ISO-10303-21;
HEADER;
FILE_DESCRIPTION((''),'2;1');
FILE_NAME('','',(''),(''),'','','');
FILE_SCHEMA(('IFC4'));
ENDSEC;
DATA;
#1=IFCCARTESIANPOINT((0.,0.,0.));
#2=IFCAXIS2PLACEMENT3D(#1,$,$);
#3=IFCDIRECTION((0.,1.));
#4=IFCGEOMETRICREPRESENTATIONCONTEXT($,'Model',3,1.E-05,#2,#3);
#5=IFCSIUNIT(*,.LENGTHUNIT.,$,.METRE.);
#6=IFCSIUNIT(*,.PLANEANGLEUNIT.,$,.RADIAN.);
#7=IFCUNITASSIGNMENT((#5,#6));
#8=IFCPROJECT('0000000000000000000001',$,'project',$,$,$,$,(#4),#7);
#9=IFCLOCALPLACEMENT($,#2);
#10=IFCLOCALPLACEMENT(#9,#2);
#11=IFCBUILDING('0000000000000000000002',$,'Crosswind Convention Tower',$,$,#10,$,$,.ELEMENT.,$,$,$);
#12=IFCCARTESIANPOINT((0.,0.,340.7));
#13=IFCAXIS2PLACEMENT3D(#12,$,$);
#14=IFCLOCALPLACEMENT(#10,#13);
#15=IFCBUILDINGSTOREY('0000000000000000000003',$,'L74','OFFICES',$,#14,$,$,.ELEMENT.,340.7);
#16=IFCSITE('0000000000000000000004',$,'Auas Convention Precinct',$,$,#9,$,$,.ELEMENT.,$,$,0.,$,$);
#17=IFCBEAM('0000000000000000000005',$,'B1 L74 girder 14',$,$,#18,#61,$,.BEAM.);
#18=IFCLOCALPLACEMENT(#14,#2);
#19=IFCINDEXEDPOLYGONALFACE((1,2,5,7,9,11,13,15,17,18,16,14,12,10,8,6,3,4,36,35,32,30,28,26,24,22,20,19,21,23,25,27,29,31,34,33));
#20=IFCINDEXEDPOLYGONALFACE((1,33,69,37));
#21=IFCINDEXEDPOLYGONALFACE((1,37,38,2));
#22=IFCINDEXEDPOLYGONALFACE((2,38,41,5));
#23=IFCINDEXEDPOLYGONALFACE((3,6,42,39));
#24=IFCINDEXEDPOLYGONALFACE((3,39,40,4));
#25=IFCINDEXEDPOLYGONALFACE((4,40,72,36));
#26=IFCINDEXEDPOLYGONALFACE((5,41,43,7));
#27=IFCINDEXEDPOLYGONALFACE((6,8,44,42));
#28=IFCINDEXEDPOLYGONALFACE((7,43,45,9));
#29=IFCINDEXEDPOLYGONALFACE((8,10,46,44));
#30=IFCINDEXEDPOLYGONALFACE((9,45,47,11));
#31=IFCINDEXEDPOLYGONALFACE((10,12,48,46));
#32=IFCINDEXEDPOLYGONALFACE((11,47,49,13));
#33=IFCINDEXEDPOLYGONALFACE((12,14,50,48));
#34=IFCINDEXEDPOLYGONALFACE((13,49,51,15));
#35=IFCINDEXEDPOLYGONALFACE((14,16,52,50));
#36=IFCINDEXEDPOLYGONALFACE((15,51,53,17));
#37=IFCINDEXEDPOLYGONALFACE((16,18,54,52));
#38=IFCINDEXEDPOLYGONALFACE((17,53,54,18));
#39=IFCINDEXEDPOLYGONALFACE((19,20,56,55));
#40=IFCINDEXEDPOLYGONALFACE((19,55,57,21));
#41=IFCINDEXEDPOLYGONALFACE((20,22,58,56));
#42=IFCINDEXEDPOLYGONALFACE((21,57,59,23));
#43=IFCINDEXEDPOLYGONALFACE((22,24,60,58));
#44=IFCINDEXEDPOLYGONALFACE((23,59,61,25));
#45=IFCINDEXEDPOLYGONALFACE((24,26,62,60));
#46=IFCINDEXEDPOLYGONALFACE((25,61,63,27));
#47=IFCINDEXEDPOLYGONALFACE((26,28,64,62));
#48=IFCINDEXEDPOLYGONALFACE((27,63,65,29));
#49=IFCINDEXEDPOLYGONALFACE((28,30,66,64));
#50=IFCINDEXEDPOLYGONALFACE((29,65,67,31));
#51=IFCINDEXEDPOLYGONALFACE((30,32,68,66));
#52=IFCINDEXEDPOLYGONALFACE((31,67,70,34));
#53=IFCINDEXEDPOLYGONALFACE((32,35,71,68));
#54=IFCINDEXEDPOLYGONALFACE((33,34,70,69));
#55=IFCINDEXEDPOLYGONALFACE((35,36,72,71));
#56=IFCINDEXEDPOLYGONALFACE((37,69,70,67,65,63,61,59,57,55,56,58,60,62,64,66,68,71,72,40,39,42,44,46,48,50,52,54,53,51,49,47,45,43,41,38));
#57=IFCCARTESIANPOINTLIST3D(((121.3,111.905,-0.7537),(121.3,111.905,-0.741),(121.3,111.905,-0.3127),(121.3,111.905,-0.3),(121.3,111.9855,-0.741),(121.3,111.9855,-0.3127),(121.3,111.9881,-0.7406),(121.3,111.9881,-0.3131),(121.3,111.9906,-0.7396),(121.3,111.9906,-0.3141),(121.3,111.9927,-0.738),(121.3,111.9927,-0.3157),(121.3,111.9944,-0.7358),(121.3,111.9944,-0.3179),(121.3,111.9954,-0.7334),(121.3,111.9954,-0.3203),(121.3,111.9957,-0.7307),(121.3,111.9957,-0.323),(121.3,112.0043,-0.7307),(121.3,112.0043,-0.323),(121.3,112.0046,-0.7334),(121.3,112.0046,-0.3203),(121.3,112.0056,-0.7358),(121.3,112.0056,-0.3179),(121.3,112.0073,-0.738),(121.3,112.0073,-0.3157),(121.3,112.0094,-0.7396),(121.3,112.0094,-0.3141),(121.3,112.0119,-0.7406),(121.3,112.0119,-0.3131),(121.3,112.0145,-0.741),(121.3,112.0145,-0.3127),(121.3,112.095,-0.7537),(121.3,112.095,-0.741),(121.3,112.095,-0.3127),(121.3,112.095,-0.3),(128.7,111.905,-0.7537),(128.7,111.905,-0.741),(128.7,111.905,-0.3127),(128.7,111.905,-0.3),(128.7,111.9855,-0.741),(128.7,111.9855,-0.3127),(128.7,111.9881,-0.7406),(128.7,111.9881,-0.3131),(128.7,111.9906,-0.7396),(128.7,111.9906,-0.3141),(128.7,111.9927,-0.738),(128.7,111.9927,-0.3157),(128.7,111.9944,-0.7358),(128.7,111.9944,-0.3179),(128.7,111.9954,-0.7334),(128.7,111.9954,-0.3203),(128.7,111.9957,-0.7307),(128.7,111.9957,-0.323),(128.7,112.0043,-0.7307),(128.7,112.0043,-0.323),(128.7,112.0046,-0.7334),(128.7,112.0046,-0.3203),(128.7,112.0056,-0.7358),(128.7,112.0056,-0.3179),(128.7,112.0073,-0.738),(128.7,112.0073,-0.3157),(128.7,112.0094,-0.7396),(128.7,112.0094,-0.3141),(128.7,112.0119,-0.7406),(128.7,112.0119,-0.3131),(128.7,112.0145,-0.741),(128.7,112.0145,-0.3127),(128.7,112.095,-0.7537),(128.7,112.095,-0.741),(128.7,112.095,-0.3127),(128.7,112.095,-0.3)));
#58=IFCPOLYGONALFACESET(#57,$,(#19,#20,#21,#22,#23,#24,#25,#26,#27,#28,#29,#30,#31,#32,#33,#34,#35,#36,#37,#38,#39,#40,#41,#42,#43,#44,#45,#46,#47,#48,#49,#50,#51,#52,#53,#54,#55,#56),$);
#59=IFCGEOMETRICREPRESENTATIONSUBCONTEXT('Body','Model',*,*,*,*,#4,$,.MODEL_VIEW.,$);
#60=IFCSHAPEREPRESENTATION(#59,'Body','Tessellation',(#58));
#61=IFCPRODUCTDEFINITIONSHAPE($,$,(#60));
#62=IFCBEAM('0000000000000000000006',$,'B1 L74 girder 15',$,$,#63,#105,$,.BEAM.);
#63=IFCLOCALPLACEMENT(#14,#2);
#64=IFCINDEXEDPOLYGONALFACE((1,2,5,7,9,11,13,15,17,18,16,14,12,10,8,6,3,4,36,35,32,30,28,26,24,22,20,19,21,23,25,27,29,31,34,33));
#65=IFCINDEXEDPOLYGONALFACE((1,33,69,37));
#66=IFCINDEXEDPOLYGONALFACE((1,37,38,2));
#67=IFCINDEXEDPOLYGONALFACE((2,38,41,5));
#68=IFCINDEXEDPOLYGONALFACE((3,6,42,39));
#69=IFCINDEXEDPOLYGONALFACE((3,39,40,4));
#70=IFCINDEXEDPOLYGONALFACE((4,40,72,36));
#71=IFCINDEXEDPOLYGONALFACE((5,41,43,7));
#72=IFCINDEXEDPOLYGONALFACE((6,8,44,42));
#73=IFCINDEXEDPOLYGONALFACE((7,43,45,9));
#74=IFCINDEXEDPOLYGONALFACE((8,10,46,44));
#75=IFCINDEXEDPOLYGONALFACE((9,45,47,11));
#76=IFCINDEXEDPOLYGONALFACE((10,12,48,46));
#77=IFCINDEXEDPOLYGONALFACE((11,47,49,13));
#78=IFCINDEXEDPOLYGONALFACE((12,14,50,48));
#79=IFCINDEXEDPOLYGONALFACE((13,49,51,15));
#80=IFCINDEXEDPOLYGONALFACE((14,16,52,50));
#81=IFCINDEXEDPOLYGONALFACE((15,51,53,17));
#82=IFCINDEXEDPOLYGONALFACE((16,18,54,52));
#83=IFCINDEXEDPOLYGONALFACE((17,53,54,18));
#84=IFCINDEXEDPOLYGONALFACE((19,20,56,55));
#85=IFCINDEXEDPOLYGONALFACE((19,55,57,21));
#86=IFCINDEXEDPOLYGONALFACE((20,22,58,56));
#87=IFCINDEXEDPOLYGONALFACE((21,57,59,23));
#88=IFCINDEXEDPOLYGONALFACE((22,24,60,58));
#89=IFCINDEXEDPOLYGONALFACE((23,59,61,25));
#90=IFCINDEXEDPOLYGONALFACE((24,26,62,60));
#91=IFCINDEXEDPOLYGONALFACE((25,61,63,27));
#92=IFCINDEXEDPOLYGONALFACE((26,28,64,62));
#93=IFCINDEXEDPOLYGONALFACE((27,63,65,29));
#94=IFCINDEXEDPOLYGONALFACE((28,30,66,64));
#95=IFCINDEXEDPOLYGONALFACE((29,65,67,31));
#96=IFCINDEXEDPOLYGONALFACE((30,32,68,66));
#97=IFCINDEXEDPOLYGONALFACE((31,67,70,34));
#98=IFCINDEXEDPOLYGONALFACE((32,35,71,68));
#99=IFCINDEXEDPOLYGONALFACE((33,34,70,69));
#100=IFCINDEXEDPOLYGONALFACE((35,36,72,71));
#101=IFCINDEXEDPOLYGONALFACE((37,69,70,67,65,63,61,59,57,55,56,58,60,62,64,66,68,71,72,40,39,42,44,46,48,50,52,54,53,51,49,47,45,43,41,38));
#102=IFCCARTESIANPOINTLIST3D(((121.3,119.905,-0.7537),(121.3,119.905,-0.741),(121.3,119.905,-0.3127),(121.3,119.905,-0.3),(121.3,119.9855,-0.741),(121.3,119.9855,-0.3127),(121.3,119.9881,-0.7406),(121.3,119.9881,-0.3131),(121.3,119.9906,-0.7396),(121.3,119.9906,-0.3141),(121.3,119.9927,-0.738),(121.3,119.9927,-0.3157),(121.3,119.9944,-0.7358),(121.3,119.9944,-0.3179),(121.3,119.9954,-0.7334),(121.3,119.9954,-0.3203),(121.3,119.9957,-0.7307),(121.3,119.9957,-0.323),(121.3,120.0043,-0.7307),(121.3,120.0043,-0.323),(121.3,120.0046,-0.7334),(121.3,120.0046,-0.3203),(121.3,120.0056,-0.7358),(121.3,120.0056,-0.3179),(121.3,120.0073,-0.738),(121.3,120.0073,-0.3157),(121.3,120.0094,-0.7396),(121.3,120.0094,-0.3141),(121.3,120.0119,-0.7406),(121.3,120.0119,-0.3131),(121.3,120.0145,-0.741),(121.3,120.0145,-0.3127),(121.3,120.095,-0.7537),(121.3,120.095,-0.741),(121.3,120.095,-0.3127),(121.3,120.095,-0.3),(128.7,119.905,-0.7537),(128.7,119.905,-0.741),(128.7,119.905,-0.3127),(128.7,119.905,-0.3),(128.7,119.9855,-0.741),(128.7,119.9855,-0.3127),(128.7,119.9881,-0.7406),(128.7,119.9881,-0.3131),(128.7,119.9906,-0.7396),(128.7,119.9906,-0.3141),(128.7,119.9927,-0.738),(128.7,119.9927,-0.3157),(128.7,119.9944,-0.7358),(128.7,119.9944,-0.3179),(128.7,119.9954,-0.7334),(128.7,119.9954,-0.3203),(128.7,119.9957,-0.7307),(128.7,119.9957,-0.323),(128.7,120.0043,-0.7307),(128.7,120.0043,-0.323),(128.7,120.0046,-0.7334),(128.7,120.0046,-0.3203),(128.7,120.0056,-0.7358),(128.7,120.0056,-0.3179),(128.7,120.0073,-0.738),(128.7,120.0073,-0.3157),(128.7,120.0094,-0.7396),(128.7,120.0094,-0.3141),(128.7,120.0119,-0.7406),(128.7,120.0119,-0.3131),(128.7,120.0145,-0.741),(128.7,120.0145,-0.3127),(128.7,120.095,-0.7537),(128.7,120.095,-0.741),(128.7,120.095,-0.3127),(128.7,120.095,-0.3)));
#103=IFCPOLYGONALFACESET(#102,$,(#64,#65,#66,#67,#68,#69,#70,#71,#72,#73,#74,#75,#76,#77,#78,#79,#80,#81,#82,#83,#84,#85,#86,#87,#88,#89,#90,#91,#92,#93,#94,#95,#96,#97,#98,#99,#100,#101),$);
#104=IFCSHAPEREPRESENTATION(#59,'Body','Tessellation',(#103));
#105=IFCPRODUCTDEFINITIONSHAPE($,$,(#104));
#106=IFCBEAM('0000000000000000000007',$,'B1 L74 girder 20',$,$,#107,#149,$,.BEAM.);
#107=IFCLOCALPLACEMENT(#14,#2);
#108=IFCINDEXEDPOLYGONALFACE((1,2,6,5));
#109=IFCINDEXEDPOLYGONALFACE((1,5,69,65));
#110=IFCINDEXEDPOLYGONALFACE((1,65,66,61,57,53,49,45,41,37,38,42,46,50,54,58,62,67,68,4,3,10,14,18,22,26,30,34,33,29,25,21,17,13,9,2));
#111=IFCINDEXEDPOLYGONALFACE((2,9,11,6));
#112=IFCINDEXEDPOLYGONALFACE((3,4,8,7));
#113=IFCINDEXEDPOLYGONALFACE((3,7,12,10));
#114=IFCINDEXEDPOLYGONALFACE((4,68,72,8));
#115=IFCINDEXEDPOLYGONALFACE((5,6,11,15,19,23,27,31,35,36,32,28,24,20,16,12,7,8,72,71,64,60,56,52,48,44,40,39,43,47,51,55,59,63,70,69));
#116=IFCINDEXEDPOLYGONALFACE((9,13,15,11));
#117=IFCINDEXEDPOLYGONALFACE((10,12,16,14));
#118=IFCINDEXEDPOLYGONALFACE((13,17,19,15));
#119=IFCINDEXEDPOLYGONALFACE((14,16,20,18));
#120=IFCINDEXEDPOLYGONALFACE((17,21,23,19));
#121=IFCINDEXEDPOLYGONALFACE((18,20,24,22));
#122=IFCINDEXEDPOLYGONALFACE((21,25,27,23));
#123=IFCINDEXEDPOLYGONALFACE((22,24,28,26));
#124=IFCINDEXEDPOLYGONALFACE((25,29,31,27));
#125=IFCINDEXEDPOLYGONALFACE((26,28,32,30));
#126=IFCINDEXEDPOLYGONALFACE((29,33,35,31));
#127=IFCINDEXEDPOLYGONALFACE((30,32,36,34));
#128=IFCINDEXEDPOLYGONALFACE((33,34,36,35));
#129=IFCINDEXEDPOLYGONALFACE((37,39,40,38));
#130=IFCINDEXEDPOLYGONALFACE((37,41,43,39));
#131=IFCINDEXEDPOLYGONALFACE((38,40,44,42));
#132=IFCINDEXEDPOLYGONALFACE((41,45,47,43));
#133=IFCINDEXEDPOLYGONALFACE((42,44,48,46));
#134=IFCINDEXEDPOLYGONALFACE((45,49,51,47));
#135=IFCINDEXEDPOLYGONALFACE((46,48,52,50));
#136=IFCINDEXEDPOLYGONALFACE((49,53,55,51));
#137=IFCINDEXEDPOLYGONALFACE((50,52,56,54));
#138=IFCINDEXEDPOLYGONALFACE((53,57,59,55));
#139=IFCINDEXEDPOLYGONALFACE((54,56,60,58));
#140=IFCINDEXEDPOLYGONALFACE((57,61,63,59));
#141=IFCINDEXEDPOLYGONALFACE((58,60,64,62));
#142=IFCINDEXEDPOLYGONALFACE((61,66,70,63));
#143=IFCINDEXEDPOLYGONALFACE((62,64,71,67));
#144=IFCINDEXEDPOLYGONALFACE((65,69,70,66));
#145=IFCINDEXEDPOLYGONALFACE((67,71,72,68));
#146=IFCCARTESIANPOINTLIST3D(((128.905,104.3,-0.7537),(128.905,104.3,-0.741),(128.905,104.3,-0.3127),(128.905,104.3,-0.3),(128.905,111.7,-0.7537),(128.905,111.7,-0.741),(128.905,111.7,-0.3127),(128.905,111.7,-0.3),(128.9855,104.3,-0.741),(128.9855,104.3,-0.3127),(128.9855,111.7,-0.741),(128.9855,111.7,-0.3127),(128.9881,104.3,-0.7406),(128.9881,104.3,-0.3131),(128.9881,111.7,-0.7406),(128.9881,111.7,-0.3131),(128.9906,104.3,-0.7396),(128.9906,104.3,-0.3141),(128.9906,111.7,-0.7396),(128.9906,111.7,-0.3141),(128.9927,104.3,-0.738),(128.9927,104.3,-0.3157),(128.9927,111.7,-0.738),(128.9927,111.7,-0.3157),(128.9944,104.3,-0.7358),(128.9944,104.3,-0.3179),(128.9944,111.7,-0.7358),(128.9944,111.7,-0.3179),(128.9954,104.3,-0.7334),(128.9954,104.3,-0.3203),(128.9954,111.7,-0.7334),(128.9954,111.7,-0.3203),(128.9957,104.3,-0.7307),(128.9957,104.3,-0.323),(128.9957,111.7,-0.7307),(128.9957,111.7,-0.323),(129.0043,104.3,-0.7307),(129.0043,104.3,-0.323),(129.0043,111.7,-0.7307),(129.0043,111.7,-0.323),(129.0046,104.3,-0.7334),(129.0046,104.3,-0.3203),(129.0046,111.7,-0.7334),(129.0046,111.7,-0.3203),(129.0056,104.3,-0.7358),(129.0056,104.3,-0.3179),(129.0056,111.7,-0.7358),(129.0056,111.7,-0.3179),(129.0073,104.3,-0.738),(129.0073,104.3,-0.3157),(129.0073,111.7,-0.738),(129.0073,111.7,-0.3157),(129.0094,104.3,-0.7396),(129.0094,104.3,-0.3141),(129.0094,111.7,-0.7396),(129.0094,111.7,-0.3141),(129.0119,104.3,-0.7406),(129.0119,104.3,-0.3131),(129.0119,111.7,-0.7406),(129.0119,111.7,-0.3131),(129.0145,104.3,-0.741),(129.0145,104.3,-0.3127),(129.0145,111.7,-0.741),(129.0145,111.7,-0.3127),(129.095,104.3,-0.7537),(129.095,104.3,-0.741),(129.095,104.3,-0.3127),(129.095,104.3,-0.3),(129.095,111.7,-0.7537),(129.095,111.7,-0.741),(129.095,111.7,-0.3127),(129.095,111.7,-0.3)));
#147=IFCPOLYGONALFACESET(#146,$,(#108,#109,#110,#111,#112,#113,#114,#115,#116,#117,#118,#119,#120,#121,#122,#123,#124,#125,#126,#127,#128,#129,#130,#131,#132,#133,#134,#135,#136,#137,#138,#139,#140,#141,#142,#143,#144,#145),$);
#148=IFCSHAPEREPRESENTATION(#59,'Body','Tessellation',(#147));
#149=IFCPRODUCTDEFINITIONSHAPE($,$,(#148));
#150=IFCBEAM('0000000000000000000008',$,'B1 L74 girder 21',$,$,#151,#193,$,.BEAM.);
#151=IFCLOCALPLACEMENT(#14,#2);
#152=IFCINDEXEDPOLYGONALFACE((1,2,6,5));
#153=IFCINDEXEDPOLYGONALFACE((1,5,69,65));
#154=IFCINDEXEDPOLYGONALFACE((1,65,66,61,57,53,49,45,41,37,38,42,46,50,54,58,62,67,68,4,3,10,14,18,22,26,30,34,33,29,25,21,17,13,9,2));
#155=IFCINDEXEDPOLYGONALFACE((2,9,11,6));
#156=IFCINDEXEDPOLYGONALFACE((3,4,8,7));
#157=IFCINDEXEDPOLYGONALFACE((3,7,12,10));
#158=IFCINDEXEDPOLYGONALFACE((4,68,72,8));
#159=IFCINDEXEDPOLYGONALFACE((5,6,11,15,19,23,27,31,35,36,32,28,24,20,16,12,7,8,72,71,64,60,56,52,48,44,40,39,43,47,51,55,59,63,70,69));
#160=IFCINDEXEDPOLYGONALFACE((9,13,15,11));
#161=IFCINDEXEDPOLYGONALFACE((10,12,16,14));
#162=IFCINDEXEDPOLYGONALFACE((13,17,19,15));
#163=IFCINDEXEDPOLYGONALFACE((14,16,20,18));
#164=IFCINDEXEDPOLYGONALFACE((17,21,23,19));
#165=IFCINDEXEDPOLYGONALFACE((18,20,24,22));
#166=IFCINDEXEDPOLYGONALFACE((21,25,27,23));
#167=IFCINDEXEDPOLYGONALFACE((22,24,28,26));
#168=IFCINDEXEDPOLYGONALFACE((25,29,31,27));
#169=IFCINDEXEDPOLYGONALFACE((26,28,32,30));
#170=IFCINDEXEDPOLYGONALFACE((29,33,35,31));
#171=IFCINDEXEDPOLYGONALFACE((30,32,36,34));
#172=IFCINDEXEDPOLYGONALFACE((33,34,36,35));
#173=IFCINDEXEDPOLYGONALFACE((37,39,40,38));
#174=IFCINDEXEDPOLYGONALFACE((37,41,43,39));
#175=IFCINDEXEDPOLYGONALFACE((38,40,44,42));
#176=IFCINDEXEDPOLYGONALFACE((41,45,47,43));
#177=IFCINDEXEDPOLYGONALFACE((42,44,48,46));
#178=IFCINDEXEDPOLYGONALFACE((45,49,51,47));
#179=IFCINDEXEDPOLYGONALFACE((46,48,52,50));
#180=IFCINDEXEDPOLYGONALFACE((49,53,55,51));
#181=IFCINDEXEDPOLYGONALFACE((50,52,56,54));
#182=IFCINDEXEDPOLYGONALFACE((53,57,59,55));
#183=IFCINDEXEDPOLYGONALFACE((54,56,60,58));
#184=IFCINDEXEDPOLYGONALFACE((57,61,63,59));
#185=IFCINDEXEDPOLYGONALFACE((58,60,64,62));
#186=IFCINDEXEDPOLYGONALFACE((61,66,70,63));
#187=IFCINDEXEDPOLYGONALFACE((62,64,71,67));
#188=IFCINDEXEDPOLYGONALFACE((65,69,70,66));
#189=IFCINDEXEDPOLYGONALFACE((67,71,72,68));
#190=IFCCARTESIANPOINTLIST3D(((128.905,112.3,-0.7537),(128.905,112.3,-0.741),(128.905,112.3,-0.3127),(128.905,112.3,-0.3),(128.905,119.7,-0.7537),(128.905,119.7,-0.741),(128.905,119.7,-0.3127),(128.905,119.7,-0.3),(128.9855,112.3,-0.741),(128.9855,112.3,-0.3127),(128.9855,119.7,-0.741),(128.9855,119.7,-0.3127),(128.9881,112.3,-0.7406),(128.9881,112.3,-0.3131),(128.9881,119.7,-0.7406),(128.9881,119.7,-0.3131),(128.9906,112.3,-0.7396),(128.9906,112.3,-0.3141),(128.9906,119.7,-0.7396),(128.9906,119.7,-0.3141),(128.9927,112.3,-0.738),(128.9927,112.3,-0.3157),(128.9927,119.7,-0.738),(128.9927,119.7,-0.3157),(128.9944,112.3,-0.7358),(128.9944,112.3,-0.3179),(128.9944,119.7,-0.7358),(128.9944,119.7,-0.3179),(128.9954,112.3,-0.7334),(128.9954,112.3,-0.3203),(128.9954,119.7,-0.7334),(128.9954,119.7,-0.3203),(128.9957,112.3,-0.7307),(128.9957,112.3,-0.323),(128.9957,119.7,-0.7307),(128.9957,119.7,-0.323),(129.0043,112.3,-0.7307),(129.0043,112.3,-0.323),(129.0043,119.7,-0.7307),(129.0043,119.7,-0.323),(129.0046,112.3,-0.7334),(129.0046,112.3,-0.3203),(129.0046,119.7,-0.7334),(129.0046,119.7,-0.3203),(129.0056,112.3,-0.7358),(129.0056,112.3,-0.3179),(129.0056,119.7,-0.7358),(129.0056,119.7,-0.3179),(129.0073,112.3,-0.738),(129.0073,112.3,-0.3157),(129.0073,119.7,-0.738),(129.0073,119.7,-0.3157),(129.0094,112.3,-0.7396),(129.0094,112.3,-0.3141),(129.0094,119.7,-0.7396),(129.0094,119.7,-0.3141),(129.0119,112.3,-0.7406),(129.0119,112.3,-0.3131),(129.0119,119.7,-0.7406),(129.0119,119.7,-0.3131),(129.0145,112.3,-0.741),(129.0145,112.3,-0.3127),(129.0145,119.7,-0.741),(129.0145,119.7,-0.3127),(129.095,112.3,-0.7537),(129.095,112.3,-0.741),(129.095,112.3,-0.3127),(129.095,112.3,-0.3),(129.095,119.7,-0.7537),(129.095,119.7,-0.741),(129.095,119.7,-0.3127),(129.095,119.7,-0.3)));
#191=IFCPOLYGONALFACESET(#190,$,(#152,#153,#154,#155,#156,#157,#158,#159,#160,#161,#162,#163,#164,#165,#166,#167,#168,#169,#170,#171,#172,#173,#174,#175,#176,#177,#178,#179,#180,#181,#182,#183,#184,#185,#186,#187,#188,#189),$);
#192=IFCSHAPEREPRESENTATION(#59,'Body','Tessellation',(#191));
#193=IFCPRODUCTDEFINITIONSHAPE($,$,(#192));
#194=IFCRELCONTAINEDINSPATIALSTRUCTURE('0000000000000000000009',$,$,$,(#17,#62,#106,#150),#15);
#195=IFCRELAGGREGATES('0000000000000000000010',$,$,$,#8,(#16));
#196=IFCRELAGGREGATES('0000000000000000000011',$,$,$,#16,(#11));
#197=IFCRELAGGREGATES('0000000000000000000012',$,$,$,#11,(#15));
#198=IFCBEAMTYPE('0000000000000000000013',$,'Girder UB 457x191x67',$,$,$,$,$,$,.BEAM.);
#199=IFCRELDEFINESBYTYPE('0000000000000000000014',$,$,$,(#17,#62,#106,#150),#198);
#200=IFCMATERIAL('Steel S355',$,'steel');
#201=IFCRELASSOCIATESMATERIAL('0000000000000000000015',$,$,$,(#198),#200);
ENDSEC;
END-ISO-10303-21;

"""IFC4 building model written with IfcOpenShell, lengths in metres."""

from ifc_helpers import new_model, si_unit, direction, frame, origin, origin_2d, place, context, subcontext, project, spatial, i_section, extrude, material, material_profile, profile_set, type_object, element, save


model = new_model("IFC4")

# Units and contexts
model_context = context("Model", 3, precision=1e-05, world=origin(), true_north=direction((0.0, 1.0)))
body_context = subcontext(model_context, "Body", "Model", "MODEL_VIEW")
ifc_project = project(units=[si_unit("LENGTHUNIT", "METRE"), si_unit("PLANEANGLEUNIT", "RADIAN")], contexts=[model_context])

# Site, building, storey
site_placement = place(None, origin())
site = spatial("IfcSite", under=ifc_project, at=site_placement, Name="Auas Convention Precinct", CompositionType="ELEMENT", RefElevation=0.0)
building_placement = place(site_placement, origin())
building = spatial("IfcBuilding", under=site, at=building_placement, Name="Crosswind Convention Tower", CompositionType="ELEMENT")
storey_placement = place(building_placement, frame((0.0, 0.0, 340.7)))
storey = spatial("IfcBuildingStorey", under=building, at=storey_placement, Name="L74", Description="OFFICES", CompositionType="ELEMENT", Elevation=340.7)

# Beams
ifc_material_1 = material(Name="Steel S355", Category="steel")
ifc_material_profile_1 = material_profile(ifc_material_1, i_section(OverallWidth=0.1899, OverallDepth=0.4536, WebThickness=0.0085, FlangeThickness=0.0127, FilletRadius=0.0103, at=origin_2d()), Name="UB 457x191x67")
ifc_profile_set_1 = profile_set([ifc_material_profile_1], Name="Steel S355")
beam_type_1 = type_object("IfcBeamType", Name="Girder UB 457x191x67", PredefinedType="BEAM", material=ifc_profile_set_1)
for number, where, z_axis, x_axis, name in (
    (1, (121.3, 112.0, -0.5269), (1.0, 0.0, 0.0), (0.0, 1.0, 0.0), "B1 L74 girder 14"),
    (2, (121.3, 120.0, -0.5269), (1.0, 0.0, 0.0), (0.0, 1.0, 0.0), "B1 L74 girder 15"),
    (3, (129.0, 104.3, -0.5269), (0.0, 1.0, 0.0), (-1.0, 0.0, 0.0), "B1 L74 girder 20"),
    (4, (129.0, 112.3, -0.5269), (0.0, 1.0, 0.0), (-1.0, 0.0, 0.0), "B1 L74 girder 21"),
):
    element("IfcBeam", number, at=place(storey_placement, frame(where, z_axis=z_axis, x_axis=x_axis)), inside=storey, type_object=beam_type_1, Name=name, PredefinedType="BEAM", context=body_context, shape_type="SweptSolid", body=[
        extrude(i_section(OverallWidth=0.1899, OverallDepth=0.4536, WebThickness=0.0085, FlangeThickness=0.0127, FilletRadius=0.0103, at=origin_2d()), origin(), (0.0, 0.0, 1.0), 7.3999),
    ])

save(model, "model.ifc")
